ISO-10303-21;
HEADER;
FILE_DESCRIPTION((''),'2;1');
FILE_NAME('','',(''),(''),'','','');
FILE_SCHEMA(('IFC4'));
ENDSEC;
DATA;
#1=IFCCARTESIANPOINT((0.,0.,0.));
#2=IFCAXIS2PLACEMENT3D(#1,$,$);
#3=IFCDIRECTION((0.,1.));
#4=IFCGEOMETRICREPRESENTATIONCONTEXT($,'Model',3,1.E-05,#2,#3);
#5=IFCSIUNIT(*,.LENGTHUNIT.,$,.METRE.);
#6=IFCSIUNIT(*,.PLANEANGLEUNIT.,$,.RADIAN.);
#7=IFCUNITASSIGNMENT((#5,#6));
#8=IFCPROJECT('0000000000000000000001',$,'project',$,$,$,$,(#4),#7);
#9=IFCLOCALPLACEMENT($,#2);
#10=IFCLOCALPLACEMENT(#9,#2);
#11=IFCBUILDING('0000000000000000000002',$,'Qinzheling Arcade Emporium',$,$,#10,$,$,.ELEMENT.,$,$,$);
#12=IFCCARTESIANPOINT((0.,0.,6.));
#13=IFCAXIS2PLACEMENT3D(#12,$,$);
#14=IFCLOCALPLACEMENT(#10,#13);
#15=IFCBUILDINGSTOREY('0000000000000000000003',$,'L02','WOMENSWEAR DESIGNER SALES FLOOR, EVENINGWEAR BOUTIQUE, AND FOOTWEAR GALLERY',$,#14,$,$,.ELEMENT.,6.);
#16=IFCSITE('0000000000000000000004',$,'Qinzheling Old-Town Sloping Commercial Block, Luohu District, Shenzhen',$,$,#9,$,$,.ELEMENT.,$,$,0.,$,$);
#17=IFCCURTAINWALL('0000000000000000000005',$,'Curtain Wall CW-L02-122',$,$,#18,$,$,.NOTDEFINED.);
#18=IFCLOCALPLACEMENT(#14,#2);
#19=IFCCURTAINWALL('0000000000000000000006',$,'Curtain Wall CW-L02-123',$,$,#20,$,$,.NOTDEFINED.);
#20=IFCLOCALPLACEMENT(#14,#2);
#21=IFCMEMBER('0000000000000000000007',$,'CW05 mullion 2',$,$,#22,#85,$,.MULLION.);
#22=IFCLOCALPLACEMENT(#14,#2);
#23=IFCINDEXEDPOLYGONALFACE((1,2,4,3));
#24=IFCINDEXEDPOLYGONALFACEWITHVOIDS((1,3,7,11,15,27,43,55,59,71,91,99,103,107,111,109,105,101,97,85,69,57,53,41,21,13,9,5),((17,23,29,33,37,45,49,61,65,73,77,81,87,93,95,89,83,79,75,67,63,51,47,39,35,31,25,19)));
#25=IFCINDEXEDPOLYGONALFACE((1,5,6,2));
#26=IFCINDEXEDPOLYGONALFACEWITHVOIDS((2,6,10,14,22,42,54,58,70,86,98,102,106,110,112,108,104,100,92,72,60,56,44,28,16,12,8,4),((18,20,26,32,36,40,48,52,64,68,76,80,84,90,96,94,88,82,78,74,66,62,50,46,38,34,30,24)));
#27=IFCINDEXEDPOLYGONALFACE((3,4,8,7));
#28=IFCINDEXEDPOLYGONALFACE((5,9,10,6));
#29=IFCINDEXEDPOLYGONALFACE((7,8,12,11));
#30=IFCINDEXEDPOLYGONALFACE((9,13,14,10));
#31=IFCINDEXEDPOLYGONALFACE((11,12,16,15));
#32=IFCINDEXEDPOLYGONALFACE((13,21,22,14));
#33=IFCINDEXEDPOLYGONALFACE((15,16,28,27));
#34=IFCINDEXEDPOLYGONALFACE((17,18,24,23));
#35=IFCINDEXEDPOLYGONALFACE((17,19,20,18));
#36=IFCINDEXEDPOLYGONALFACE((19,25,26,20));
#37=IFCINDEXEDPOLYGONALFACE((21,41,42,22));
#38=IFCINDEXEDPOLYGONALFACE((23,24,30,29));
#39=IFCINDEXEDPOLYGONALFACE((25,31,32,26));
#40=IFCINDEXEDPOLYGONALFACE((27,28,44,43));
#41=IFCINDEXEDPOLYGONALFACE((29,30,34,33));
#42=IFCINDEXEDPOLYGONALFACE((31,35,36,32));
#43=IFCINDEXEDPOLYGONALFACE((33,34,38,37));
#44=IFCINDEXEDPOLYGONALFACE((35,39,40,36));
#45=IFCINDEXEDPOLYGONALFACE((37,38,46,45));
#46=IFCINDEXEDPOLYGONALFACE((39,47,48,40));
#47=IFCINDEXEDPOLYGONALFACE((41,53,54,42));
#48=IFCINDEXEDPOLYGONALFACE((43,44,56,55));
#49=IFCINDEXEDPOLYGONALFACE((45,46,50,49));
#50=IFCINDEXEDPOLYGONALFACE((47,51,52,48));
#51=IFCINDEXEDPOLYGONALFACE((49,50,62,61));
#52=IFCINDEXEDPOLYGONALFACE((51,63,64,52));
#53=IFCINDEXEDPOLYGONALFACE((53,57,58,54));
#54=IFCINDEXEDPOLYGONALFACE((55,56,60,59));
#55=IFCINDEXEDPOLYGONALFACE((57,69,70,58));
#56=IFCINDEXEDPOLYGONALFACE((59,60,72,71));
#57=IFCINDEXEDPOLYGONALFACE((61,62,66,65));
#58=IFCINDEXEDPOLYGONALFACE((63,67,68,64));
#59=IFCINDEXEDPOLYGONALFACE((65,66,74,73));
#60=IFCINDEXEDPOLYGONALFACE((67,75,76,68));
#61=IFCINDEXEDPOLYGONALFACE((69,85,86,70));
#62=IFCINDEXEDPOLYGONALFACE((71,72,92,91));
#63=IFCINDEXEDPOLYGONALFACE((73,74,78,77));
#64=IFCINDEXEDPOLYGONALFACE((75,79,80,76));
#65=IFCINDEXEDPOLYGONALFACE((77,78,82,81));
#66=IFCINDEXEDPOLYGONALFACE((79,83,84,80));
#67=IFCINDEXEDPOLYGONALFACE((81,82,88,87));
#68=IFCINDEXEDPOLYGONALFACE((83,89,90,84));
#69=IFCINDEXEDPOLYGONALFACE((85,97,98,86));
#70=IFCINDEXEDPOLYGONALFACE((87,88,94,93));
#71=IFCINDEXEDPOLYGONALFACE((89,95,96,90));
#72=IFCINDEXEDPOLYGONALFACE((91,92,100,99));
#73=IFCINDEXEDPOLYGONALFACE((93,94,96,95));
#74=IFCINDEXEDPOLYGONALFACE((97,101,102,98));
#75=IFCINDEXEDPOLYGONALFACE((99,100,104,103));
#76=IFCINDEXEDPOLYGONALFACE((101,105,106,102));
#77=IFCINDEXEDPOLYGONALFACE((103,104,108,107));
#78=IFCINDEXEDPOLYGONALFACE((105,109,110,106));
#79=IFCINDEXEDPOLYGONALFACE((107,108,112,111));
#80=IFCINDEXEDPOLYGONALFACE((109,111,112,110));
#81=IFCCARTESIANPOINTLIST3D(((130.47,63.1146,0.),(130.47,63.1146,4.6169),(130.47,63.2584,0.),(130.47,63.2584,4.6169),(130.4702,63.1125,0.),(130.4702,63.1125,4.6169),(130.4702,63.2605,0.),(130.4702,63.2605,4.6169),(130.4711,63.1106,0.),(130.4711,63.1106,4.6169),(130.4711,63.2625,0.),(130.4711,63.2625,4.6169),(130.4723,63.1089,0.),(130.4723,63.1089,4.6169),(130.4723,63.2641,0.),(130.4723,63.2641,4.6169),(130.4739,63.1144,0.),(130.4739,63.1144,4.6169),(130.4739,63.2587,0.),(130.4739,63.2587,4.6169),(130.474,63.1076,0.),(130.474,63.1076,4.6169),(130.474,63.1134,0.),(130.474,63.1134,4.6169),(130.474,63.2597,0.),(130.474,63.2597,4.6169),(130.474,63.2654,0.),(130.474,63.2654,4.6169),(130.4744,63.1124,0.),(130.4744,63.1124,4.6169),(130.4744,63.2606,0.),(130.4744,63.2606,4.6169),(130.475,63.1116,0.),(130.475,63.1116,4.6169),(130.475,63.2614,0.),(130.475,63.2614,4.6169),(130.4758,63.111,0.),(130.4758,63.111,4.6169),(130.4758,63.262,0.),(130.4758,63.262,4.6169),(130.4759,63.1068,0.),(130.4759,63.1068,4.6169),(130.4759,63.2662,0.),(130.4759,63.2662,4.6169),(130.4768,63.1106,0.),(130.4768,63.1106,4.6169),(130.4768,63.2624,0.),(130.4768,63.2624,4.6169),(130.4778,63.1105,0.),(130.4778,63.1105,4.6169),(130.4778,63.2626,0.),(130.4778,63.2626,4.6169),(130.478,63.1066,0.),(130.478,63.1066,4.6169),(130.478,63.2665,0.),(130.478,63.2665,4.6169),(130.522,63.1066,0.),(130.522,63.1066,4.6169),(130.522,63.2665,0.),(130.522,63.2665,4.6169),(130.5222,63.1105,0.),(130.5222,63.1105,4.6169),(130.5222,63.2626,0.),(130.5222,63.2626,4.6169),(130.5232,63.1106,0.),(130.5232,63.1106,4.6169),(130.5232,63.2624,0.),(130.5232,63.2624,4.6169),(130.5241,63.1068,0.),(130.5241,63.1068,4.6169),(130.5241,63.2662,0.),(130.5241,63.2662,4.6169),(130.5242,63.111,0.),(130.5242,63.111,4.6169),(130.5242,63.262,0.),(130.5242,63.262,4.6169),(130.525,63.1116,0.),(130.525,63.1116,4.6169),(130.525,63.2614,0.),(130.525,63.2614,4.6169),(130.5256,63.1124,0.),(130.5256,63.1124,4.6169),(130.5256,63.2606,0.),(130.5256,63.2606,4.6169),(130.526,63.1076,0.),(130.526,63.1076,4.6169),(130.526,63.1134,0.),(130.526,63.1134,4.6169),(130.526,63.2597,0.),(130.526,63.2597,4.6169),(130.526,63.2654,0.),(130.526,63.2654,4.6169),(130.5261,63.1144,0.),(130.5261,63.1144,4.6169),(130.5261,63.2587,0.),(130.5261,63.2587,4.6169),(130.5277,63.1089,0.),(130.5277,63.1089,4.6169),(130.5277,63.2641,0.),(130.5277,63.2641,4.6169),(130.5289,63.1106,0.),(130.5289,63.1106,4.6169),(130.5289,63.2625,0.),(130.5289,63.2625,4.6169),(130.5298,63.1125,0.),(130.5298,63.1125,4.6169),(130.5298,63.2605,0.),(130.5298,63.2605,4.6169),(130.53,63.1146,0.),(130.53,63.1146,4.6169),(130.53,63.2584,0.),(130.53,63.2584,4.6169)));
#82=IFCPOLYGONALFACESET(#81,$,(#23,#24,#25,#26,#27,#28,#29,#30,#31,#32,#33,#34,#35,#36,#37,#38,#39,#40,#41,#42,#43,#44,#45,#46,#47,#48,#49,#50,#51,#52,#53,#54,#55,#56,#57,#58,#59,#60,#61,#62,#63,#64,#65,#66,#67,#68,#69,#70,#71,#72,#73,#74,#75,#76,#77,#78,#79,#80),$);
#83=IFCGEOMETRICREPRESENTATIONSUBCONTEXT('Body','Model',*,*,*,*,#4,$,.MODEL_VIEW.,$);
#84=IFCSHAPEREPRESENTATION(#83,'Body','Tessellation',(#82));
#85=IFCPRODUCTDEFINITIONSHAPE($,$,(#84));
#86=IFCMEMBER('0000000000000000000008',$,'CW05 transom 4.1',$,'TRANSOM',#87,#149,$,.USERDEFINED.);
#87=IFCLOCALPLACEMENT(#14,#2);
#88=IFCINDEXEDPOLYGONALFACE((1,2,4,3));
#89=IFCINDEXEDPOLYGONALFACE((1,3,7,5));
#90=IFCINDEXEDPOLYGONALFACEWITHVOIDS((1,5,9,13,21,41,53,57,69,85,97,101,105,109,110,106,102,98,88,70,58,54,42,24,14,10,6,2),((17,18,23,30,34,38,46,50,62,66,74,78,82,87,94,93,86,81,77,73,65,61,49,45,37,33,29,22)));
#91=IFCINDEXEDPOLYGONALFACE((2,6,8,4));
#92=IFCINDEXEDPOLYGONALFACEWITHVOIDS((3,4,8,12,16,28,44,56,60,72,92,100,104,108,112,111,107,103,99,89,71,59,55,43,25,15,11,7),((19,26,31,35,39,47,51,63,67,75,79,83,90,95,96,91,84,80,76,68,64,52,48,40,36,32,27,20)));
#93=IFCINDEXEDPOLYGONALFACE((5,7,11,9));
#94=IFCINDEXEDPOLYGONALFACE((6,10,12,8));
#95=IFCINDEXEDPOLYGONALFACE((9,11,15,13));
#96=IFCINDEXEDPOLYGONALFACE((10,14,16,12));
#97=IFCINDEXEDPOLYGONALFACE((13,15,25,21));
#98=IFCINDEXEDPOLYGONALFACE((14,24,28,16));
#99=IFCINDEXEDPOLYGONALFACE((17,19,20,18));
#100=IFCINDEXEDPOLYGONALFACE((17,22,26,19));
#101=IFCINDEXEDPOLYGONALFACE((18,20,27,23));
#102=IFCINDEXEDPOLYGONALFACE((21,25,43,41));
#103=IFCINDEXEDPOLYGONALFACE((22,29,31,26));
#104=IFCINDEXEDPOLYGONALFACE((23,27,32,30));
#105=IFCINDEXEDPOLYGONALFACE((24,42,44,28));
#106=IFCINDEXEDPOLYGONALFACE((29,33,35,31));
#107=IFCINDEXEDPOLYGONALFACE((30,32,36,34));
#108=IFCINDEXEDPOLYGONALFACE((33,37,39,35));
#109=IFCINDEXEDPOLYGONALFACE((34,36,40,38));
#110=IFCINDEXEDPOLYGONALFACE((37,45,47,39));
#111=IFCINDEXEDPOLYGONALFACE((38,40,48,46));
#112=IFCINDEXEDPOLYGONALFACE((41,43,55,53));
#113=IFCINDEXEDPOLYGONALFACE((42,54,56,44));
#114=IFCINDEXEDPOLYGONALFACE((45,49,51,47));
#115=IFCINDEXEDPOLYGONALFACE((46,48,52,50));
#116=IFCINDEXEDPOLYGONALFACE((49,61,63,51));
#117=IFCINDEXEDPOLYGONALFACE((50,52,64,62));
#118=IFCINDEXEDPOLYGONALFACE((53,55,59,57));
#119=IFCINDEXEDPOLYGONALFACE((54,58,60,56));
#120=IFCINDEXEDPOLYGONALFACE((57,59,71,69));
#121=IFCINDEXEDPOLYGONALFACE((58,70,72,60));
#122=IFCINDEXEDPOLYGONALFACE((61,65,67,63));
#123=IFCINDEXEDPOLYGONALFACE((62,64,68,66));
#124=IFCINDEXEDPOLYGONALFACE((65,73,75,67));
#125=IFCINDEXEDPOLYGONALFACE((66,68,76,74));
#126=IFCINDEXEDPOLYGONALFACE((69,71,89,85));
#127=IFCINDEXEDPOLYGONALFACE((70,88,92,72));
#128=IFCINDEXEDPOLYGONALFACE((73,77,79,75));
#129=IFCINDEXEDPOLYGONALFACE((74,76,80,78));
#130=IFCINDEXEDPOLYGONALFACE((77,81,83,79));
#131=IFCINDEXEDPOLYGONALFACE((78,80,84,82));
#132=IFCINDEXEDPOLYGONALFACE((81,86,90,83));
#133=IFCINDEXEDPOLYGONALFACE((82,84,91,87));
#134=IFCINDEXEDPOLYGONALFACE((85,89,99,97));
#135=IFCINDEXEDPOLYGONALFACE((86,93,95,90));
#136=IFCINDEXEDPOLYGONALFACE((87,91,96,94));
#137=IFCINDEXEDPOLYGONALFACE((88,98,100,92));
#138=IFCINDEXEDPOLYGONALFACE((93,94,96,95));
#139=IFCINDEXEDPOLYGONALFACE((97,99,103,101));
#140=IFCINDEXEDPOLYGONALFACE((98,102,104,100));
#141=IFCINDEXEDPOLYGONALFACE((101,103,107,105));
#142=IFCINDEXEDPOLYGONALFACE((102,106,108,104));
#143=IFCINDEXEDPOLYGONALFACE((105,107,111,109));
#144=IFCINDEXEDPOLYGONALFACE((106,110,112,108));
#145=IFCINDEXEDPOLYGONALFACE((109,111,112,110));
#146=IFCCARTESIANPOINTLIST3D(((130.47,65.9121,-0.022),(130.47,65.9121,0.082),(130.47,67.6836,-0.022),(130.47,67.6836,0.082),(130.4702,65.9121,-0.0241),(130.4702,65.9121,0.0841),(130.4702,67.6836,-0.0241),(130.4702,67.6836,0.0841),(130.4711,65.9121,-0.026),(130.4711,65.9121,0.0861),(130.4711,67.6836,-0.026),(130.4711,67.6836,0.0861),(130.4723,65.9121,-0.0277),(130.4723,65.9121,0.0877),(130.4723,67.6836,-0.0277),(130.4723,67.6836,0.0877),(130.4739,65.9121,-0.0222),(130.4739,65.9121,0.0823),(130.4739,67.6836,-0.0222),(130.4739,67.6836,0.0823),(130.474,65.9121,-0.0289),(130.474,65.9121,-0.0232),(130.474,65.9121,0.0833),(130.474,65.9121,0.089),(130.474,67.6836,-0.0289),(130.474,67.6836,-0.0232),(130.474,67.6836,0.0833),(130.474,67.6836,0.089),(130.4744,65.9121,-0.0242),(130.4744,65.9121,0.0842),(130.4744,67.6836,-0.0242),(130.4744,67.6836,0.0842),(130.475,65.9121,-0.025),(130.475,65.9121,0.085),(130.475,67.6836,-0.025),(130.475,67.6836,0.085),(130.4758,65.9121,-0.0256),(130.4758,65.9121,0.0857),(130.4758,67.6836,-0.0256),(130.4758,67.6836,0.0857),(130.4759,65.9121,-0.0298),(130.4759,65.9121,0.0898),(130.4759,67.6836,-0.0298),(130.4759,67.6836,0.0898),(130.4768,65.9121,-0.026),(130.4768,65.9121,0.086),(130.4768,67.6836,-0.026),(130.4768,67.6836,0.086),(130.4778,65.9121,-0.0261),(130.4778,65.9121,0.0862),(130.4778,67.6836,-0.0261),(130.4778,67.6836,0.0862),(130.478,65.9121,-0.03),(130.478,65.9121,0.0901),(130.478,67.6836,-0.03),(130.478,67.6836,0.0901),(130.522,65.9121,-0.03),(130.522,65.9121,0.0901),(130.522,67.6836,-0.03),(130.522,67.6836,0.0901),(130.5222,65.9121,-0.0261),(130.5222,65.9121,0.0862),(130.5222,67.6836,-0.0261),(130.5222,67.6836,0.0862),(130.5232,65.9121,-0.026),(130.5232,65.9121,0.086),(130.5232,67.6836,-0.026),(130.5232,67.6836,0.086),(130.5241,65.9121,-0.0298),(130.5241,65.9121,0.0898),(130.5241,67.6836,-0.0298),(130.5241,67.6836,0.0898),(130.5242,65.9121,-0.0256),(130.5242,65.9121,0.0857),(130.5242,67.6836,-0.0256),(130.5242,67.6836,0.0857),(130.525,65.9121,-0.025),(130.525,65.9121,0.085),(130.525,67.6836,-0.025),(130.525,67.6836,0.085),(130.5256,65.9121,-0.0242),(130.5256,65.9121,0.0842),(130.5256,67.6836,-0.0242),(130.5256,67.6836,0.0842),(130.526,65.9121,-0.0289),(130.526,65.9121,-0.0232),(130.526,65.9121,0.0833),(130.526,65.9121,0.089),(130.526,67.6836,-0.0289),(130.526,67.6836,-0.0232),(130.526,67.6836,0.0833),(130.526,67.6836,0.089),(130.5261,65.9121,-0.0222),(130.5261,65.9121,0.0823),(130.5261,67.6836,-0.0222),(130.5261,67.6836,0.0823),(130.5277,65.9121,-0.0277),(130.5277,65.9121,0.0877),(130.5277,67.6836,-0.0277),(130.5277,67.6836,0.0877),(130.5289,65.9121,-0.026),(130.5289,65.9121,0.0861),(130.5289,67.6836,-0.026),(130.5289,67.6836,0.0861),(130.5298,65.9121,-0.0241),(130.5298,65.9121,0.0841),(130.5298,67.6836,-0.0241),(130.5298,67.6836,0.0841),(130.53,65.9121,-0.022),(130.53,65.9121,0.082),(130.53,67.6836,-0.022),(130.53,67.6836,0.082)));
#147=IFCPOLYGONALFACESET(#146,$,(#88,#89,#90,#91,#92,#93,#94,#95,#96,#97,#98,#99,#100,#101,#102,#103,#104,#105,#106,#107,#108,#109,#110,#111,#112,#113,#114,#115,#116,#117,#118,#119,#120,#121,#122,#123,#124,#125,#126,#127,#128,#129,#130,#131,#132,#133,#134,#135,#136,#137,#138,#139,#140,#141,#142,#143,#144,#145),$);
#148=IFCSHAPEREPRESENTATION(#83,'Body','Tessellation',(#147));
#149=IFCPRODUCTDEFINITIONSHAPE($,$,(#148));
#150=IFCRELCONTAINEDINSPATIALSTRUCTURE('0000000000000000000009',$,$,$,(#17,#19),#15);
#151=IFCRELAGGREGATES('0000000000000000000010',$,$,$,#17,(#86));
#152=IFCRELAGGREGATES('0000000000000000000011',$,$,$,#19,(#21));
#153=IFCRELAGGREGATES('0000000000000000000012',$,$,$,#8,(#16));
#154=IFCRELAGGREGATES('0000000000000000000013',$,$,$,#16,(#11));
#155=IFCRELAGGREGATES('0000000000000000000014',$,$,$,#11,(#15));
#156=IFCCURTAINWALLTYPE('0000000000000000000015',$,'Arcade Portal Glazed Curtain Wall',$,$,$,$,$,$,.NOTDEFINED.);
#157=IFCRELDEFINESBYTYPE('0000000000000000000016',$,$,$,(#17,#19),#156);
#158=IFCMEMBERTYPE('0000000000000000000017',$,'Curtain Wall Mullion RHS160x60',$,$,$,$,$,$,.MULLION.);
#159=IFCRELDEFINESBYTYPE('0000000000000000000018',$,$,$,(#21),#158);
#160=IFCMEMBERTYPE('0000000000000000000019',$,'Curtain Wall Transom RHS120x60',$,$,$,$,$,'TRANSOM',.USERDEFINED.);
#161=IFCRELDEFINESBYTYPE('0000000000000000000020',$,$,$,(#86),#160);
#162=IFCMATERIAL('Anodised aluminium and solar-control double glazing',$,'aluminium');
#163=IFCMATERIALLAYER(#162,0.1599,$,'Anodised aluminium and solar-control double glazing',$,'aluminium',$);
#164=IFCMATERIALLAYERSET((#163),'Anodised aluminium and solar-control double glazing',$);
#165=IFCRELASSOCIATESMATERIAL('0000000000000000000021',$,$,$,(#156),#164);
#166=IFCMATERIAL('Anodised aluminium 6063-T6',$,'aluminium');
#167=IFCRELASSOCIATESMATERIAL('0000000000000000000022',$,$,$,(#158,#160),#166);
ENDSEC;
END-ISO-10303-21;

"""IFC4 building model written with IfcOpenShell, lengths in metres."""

from ifc_helpers import new_model, si_unit, direction, frame, origin, origin_2d, place, context, subcontext, project, spatial, hollow_rectangle, extrude, material, layer, layer_set, material_profile, profile_set, type_object, element, aggregate, save


model = new_model("IFC4")

# Units and contexts
model_context = context("Model", 3, precision=1e-05, world=origin(), true_north=direction((0.0, 1.0)))
body_context = subcontext(model_context, "Body", "Model", "MODEL_VIEW")
ifc_project = project(units=[si_unit("LENGTHUNIT", "METRE"), si_unit("PLANEANGLEUNIT", "RADIAN")], contexts=[model_context])

# Site, building, storey
site_placement = place(None, origin())
site = spatial("IfcSite", under=ifc_project, at=site_placement, Name="Qinzheling Old-Town Sloping Commercial Block, Luohu District, Shenzhen", CompositionType="ELEMENT", RefElevation=0.0)
building_placement = place(site_placement, origin())
building = spatial("IfcBuilding", under=site, at=building_placement, Name="Qinzheling Arcade Emporium", CompositionType="ELEMENT")
storey_placement = place(building_placement, frame((0.0, 0.0, 6.0)))
storey = spatial("IfcBuildingStorey", under=building, at=storey_placement, Name="L02", Description="WOMENSWEAR DESIGNER SALES FLOOR, EVENINGWEAR BOUTIQUE, AND FOOTWEAR GALLERY", CompositionType="ELEMENT", Elevation=6.0)

# Curtain wall
ifc_material_1 = material(Name="Anodised aluminium and solar-control double glazing", Category="aluminium")
ifc_layer_1 = layer(ifc_material_1, 0.1599, Name="Anodised aluminium and solar-control double glazing", Category="aluminium")
ifc_layer_set_1 = layer_set([ifc_layer_1], Name="Anodised aluminium and solar-control double glazing")
curtain_wall_type = type_object("IfcCurtainWallType", Name="Arcade Portal Glazed Curtain Wall", PredefinedType="NOTDEFINED", material=ifc_layer_set_1)
curtain_wall_1_placement = place(storey_placement, origin())
curtain_wall_1 = element("IfcCurtainWall", 1, at=curtain_wall_1_placement, inside=storey, type_object=curtain_wall_type, Name="Curtain Wall CW-L02-122", PredefinedType="NOTDEFINED")
ifc_material_2 = material(Name="Anodised aluminium 6063-T6", Category="aluminium")
ifc_material_profile_1 = material_profile(ifc_material_2, hollow_rectangle(XDim=0.0601, YDim=0.1599, WallThickness=0.0039, InnerFilletRadius=0.0039, OuterFilletRadius=0.0081, at=origin_2d()), Name="RHS 160x60x4", Category="aluminium")
ifc_profile_set_1 = profile_set([ifc_material_profile_1], Name="Anodised aluminium 6063-T6")
member_type_1 = type_object("IfcMemberType", Name="Curtain Wall Mullion RHS160x60", PredefinedType="MULLION", material=ifc_profile_set_1)

# Curtain wall, member
curtain_wall_2_placement = place(storey_placement, origin())
curtain_wall_2 = element("IfcCurtainWall", 2, at=curtain_wall_2_placement, inside=storey, type_object=curtain_wall_type, Name="Curtain Wall CW-L02-123", PredefinedType="NOTDEFINED")
member_1_placement = place(storey_placement, frame((130.5, 63.1865, 0.0), z_axis=(0.0, 0.0, 1.0), x_axis=(1.0, 0.0, 0.0)))
member_1 = element("IfcMember", 3, at=member_1_placement, type_object=member_type_1, Name="CW05 mullion 2", PredefinedType="MULLION", context=body_context, shape_type="SweptSolid", body=[
    extrude(hollow_rectangle(XDim=0.0601, YDim=0.1599, WallThickness=0.0039, InnerFilletRadius=0.0039, OuterFilletRadius=0.0081, at=origin_2d()), origin(), (0.0, 0.0, 1.0), 4.6169),
])

# Member
ifc_material_profile_2 = material_profile(ifc_material_2, hollow_rectangle(XDim=0.0601, YDim=0.1201, WallThickness=0.0039, InnerFilletRadius=0.0039, OuterFilletRadius=0.0081, at=origin_2d()), Name="RHS 120x60x4", Category="aluminium")
ifc_profile_set_2 = profile_set([ifc_material_profile_2], Name="Anodised aluminium 6063-T6")
member_type_2 = type_object("IfcMemberType", Name="Curtain Wall Transom RHS120x60", ElementType="TRANSOM", PredefinedType="USERDEFINED", material=ifc_profile_set_2)
member_2_placement = place(storey_placement, frame((130.5, 67.6836, 0.03), z_axis=(0.0, -1.0, 0.0), x_axis=(1.0, 0.0, 0.0)))
member_2 = element("IfcMember", 4, at=member_2_placement, type_object=member_type_2, Name="CW05 transom 4.1", ObjectType="TRANSOM", PredefinedType="USERDEFINED", context=body_context, shape_type="SweptSolid", body=[
    extrude(hollow_rectangle(XDim=0.0601, YDim=0.1201, WallThickness=0.0039, InnerFilletRadius=0.0039, OuterFilletRadius=0.0081, at=origin_2d()), origin(), (0.0, 0.0, 1.0), 1.7715),
])

aggregate(curtain_wall_1, [member_2])
aggregate(curtain_wall_2, [member_1])

save(model, "model.ifc")
